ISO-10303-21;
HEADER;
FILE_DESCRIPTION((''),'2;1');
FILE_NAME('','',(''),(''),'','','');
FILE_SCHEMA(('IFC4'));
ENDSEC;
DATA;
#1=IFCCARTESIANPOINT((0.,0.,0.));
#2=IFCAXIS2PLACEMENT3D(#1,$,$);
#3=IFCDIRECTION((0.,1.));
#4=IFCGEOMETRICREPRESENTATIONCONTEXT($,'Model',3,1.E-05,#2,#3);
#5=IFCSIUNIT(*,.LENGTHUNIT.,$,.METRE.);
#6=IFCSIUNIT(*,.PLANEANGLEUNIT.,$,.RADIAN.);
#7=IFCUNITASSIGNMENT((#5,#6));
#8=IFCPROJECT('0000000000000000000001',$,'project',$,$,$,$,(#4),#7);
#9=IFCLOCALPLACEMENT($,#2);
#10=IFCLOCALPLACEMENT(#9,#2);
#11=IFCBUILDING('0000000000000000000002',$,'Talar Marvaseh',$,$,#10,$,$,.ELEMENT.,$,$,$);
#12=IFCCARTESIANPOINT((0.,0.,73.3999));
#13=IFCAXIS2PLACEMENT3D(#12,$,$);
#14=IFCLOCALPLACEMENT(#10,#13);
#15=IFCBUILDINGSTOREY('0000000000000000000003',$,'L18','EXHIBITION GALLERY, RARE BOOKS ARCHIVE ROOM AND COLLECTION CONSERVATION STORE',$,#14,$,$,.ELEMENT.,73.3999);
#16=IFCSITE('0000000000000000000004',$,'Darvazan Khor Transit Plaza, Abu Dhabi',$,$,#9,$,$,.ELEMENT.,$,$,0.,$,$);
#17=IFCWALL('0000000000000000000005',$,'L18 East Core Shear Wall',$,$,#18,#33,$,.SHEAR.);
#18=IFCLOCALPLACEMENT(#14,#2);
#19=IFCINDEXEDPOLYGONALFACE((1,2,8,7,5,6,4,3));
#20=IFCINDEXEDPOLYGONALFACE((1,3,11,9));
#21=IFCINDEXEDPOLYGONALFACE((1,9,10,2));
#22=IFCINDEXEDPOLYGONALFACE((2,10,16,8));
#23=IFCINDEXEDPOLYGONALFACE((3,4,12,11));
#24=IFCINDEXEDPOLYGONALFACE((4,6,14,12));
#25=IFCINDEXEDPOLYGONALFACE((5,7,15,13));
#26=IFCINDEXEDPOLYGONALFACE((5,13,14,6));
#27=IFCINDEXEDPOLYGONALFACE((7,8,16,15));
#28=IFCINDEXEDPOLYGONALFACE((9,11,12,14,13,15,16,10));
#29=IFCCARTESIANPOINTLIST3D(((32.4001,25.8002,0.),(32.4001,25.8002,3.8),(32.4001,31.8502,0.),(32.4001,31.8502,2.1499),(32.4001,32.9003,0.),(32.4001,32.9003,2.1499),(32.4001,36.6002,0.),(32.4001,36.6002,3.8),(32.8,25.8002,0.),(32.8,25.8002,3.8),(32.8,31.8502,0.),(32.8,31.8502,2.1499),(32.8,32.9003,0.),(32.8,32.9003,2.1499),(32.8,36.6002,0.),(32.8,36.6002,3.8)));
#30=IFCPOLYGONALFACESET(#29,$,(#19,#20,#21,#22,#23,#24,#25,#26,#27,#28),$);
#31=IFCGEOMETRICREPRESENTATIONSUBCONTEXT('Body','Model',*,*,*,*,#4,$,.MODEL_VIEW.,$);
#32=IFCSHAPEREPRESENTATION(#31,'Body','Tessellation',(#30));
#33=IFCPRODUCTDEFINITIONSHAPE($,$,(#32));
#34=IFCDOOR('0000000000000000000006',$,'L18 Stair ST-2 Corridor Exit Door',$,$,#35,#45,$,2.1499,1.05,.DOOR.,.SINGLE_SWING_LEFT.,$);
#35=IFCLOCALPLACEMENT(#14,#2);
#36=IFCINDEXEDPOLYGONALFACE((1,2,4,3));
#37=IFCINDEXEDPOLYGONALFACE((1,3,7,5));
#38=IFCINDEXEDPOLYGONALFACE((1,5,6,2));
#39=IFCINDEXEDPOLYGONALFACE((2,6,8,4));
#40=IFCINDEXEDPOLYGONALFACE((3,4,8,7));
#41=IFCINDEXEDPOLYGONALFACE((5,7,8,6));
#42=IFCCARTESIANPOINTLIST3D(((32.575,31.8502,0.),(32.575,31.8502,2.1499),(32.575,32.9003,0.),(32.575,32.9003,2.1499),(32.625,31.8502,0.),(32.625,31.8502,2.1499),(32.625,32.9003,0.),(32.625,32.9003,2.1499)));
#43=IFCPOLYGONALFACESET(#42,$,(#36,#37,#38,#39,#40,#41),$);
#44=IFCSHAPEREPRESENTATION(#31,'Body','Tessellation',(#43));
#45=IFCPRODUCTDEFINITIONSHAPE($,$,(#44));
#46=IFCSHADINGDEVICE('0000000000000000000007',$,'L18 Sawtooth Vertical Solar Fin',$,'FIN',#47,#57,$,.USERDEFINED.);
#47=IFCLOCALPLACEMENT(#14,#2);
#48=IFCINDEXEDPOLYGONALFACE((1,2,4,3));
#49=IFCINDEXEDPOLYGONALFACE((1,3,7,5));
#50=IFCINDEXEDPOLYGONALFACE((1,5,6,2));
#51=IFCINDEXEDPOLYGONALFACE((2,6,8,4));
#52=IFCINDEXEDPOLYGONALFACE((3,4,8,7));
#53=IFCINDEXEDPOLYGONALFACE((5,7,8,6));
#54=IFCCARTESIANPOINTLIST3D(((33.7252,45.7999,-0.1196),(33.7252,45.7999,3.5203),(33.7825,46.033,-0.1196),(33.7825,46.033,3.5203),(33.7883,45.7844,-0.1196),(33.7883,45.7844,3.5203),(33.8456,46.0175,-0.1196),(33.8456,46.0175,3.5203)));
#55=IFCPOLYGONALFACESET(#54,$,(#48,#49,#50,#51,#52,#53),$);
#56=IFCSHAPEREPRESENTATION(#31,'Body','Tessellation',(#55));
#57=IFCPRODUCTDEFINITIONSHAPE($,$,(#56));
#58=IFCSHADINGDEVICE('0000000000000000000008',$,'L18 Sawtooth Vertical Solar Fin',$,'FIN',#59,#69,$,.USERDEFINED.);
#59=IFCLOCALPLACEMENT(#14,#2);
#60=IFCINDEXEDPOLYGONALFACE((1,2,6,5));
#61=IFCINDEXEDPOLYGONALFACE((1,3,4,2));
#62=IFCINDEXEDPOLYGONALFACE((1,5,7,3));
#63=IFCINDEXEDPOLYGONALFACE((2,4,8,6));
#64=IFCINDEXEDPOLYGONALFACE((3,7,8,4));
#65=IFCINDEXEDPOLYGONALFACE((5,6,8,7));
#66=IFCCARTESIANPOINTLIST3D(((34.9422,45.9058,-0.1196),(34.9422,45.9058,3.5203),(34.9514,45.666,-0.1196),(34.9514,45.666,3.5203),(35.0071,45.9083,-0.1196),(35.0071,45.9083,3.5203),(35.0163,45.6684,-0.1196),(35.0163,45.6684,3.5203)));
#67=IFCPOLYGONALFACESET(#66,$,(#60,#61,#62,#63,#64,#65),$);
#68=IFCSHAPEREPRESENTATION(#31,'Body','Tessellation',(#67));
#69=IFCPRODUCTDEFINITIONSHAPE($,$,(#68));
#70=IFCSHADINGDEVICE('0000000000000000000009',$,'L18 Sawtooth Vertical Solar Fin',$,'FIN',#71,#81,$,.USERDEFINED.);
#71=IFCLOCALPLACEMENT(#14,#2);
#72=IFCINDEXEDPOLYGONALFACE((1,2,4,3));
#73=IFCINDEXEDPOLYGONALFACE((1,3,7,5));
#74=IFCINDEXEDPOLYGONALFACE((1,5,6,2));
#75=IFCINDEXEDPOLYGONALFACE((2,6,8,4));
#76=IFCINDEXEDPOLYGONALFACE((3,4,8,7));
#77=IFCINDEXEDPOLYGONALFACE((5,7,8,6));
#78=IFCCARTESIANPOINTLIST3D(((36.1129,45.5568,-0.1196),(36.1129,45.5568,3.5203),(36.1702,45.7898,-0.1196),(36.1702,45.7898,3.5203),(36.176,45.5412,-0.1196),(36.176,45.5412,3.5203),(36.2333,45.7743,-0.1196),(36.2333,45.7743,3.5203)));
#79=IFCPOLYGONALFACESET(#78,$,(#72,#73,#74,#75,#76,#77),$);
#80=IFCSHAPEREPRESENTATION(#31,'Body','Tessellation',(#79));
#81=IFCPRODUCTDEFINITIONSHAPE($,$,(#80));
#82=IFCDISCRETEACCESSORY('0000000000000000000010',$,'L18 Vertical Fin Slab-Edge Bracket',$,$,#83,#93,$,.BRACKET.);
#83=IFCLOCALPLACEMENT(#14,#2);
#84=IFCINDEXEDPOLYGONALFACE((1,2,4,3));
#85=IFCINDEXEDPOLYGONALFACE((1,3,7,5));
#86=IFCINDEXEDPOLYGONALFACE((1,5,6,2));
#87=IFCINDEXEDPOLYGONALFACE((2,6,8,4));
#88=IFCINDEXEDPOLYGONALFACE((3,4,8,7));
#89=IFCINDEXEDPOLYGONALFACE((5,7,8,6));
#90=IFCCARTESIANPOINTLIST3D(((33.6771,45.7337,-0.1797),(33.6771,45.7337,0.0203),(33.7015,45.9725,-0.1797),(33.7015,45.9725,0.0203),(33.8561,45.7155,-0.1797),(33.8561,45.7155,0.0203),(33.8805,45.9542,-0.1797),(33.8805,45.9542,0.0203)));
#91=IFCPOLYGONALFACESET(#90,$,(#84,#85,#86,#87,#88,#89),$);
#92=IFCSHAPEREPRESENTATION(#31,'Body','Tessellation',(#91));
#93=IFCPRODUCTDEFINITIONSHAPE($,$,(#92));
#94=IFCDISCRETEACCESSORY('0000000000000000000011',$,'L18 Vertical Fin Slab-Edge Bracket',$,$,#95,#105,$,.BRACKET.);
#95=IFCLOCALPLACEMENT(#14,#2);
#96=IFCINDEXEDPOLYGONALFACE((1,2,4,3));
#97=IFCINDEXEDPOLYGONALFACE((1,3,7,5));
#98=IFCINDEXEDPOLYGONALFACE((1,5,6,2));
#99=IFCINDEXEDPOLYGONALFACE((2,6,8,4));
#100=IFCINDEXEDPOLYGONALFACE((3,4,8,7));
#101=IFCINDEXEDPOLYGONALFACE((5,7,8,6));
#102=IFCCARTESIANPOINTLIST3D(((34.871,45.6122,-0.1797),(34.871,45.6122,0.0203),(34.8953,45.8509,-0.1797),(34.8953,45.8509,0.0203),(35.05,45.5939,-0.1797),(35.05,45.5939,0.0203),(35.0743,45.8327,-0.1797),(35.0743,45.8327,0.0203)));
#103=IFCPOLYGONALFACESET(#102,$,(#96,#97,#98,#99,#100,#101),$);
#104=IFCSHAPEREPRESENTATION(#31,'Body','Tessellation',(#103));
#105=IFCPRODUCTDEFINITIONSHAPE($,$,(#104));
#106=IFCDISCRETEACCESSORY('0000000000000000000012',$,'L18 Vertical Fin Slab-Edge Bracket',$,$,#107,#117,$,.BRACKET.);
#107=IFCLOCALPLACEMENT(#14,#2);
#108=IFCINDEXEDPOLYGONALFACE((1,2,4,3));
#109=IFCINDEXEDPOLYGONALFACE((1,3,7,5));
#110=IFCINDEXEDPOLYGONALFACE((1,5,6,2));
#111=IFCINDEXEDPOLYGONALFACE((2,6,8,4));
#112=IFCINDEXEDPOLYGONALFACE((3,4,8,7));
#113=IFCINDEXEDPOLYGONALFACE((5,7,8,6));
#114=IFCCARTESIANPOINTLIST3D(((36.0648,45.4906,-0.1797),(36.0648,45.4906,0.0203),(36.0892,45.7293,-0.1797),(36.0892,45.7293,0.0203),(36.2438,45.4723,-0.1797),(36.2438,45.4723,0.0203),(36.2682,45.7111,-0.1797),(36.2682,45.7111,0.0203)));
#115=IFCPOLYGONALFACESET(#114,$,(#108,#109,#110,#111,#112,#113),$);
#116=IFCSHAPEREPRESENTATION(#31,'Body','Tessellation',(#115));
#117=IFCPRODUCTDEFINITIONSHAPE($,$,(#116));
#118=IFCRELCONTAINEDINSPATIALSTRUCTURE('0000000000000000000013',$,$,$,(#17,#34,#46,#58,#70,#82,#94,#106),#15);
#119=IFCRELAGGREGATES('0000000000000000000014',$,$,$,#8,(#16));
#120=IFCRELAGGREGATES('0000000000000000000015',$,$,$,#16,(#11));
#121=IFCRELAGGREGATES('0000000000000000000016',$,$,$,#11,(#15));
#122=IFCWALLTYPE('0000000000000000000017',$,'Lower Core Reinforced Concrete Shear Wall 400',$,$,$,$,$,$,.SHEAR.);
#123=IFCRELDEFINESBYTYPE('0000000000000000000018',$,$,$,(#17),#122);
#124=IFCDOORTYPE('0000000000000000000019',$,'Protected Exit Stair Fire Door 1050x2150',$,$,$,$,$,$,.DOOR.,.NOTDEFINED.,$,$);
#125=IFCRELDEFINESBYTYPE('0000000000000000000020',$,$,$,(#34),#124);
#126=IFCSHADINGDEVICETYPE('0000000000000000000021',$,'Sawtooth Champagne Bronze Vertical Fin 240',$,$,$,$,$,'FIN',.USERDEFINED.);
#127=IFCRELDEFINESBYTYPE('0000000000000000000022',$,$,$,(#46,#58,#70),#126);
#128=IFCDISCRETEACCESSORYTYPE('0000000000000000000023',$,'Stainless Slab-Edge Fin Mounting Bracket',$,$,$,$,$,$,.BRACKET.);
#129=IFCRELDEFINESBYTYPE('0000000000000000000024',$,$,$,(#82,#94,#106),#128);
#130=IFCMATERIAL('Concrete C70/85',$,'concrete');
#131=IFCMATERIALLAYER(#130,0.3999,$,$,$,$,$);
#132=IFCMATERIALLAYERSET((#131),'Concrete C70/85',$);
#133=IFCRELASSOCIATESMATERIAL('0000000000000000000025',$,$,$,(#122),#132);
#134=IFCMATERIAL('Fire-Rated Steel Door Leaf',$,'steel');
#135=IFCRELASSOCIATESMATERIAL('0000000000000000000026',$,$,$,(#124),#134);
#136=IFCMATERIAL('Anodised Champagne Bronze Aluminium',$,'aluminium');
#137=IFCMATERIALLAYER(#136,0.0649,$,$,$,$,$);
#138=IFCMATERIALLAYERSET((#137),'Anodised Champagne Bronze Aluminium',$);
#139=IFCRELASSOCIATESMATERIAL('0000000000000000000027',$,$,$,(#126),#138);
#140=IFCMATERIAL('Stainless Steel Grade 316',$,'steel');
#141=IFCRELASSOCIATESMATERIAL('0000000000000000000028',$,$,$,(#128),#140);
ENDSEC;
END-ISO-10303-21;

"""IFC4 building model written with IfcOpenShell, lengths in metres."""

from ifc_helpers import new_model, si_unit, direction, frame, frame_2d, origin, origin_2d, place, context, subcontext, project, spatial, rectangle, extrude, source, transform, mapped, material, layer, layer_set, type_object, type_shapes, element, fill, save


model = new_model("IFC4")

# Units and contexts
model_context = context("Model", 3, precision=1e-05, world=origin(), true_north=direction((0.0, 1.0)))
body_context = subcontext(model_context, "Body", "Model", "MODEL_VIEW")
ifc_project = project(units=[si_unit("LENGTHUNIT", "METRE"), si_unit("PLANEANGLEUNIT", "RADIAN")], contexts=[model_context])

# Site, building, storey
site_placement = place(None, origin())
site = spatial("IfcSite", under=ifc_project, at=site_placement, Name="Darvazan Khor Transit Plaza, Abu Dhabi", CompositionType="ELEMENT", RefElevation=0.0)
building_placement = place(site_placement, origin())
building = spatial("IfcBuilding", under=site, at=building_placement, Name="Talar Marvaseh", CompositionType="ELEMENT")
storey_placement = place(building_placement, frame((0.0, 0.0, 73.3999)))
storey = spatial("IfcBuildingStorey", under=building, at=storey_placement, Name="L18", Description="EXHIBITION GALLERY, RARE BOOKS ARCHIVE ROOM AND COLLECTION CONSERVATION STORE", CompositionType="ELEMENT", Elevation=73.3999)

# Shared definitions
ifc_material_1 = material(Name="Concrete C70/85", Category="concrete")

# Wall, opening, door
ifc_layer_1 = layer(ifc_material_1, 0.3999)
ifc_layer_set_1 = layer_set([ifc_layer_1], Name="Concrete C70/85")
wall_type_1 = type_object("IfcWallType", Name="Lower Core Reinforced Concrete Shear Wall 400", PredefinedType="SHEAR", material=ifc_layer_set_1)
wall_1_placement = place(storey_placement, frame((32.6001, 36.6001, 0.0), z_axis=(0.0, 0.0, 1.0), x_axis=(0.0, -1.0, 0.0)))
wall_1 = element("IfcWall", 1, at=wall_1_placement, inside=storey, type_object=wall_type_1, Name="L18 East Core Shear Wall", PredefinedType="SHEAR", context=body_context, shape_type="SweptSolid", body=[
    extrude(rectangle(XDim=10.8, YDim=0.3999, at=frame_2d((5.3999, 0.0))), origin(), (0.0, 0.0, 1.0), 3.8),
])
opening_1_placement = place(wall_1_placement, frame((3.7, 0.0, 0.0)))
opening_1 = element("IfcOpeningElement", 2, at=opening_1_placement, cuts=wall_1, PredefinedType="OPENING", context=body_context, shape_type="SweptSolid", body=[
    extrude(rectangle(XDim=1.05, YDim=2.1499, at=frame_2d((0.5249, 1.075))), frame((0.0, 0.21, 0.0), z_axis=(0.0, -1.0, 0.0), x_axis=(1.0, 0.0, 0.0)), (0.0, 0.0, 1.0), 0.4199),
])
ifc_material_2 = material(Name="Fire-Rated Steel Door Leaf", Category="steel")
door_type_1 = type_object("IfcDoorType", Name="Protected Exit Stair Fire Door 1050x2150", OperationType="NOTDEFINED", PredefinedType="DOOR", material=ifc_material_2)
shared_shape_1 = source(origin(), body_context, "Body", "SweptSolid", [
    extrude(rectangle(XDim=1.05, YDim=2.1499, at=frame_2d((0.5249, 1.075))), frame((0.0, 0.0249, 0.0), z_axis=(0.0, -1.0, 0.0), x_axis=(1.0, 0.0, 0.0)), (0.0, 0.0, 1.0), 0.05),
])
type_shapes(door_type_1, [shared_shape_1])
door_1_placement = place(opening_1_placement, origin())
door_1 = element("IfcDoor", 3, at=door_1_placement, inside=storey, type_object=door_type_1, Name="L18 Stair ST-2 Corridor Exit Door", OperationType="SINGLE_SWING_LEFT", OverallHeight=2.1499, OverallWidth=1.05, PredefinedType="DOOR", context=body_context, shape_type="MappedRepresentation", body=[
    mapped(shared_shape_1, transform((0.0, 0.0, 0.0), x_axis=(1.0, 0.0, 0.0), y_axis=(0.0, 1.0, 0.0), z_axis=(0.0, 0.0, 1.0), scale=1.0)),
])
fill(opening_1, door_1)

# Shading devices
ifc_material_3 = material(Name="Anodised Champagne Bronze Aluminium", Category="aluminium")
ifc_layer_2 = layer(ifc_material_3, 0.0649)
ifc_layer_set_2 = layer_set([ifc_layer_2], Name="Anodised Champagne Bronze Aluminium")
shading_device_type = type_object("IfcShadingDeviceType", Name="Sawtooth Champagne Bronze Vertical Fin 240", ElementType="FIN", PredefinedType="USERDEFINED", material=ifc_layer_set_2)
shared_shape_2 = source(origin(), body_context, "Body", "SweptSolid", [
    extrude(rectangle(XDim=0.24, YDim=0.0649, at=origin_2d()), origin(), (0.0, 0.0, 1.0), 3.6399),
])
type_shapes(shading_device_type, [shared_shape_2])
for number, where, z_axis, x_axis, name in (
    (4, (33.7854, 45.9087, -0.1196), (0.0, 0.0, 1.0), (0.238872, 0.971051, 0.0), "L18 Sawtooth Vertical Solar Fin"),
    (5, (34.9792, 45.7871, -0.1196), (0.0, 0.0, 1.0), (-0.038039, 0.999276, 0.0), "L18 Sawtooth Vertical Solar Fin"),
    (6, (36.1731, 45.6655, -0.1196), (0.0, 0.0, 1.0), (0.238872, 0.971051, 0.0), "L18 Sawtooth Vertical Solar Fin"),
):
    element("IfcShadingDevice", number, at=place(storey_placement, frame(where, z_axis=z_axis, x_axis=x_axis)), inside=storey, type_object=shading_device_type, Name=name, ObjectType="FIN", PredefinedType="USERDEFINED", context=body_context, shape_type="MappedRepresentation", body=[
        mapped(shared_shape_2, transform((0.0, 0.0, 0.0), x_axis=(1.0, 0.0, 0.0), y_axis=(0.0, 1.0, 0.0), z_axis=(0.0, 0.0, 1.0), scale=1.0)),
    ])

# Discrete accessories
ifc_material_4 = material(Name="Stainless Steel Grade 316", Category="steel")
discrete_accessory_type = type_object("IfcDiscreteAccessoryType", Name="Stainless Slab-Edge Fin Mounting Bracket", PredefinedType="BRACKET", material=ifc_material_4)
shared_shape_3 = source(origin(), body_context, "Body", "SweptSolid", [
    extrude(rectangle(XDim=0.24, YDim=0.1799, at=origin_2d()), origin(), (0.0, 0.0, 1.0), 0.2),
])
type_shapes(discrete_accessory_type, [shared_shape_3])
for number, where, z_axis, x_axis, name in (
    (7, (33.7788, 45.844, -0.1797), (0.0, 0.0, 1.0), (0.101404, 0.994845, 0.0), "L18 Vertical Fin Slab-Edge Bracket"),
    (8, (34.9727, 45.7224, -0.1797), (0.0, 0.0, 1.0), (0.101404, 0.994845, 0.0), "L18 Vertical Fin Slab-Edge Bracket"),
    (9, (36.1665, 45.6008, -0.1797), (0.0, 0.0, 1.0), (0.101404, 0.994845, 0.0), "L18 Vertical Fin Slab-Edge Bracket"),
):
    element("IfcDiscreteAccessory", number, at=place(storey_placement, frame(where, z_axis=z_axis, x_axis=x_axis)), inside=storey, type_object=discrete_accessory_type, Name=name, PredefinedType="BRACKET", context=body_context, shape_type="MappedRepresentation", body=[
        mapped(shared_shape_3, transform((0.0, 0.0, 0.0), x_axis=(1.0, 0.0, 0.0), y_axis=(0.0, 1.0, 0.0), z_axis=(0.0, 0.0, 1.0), scale=1.0)),
    ])

save(model, "model.ifc")
